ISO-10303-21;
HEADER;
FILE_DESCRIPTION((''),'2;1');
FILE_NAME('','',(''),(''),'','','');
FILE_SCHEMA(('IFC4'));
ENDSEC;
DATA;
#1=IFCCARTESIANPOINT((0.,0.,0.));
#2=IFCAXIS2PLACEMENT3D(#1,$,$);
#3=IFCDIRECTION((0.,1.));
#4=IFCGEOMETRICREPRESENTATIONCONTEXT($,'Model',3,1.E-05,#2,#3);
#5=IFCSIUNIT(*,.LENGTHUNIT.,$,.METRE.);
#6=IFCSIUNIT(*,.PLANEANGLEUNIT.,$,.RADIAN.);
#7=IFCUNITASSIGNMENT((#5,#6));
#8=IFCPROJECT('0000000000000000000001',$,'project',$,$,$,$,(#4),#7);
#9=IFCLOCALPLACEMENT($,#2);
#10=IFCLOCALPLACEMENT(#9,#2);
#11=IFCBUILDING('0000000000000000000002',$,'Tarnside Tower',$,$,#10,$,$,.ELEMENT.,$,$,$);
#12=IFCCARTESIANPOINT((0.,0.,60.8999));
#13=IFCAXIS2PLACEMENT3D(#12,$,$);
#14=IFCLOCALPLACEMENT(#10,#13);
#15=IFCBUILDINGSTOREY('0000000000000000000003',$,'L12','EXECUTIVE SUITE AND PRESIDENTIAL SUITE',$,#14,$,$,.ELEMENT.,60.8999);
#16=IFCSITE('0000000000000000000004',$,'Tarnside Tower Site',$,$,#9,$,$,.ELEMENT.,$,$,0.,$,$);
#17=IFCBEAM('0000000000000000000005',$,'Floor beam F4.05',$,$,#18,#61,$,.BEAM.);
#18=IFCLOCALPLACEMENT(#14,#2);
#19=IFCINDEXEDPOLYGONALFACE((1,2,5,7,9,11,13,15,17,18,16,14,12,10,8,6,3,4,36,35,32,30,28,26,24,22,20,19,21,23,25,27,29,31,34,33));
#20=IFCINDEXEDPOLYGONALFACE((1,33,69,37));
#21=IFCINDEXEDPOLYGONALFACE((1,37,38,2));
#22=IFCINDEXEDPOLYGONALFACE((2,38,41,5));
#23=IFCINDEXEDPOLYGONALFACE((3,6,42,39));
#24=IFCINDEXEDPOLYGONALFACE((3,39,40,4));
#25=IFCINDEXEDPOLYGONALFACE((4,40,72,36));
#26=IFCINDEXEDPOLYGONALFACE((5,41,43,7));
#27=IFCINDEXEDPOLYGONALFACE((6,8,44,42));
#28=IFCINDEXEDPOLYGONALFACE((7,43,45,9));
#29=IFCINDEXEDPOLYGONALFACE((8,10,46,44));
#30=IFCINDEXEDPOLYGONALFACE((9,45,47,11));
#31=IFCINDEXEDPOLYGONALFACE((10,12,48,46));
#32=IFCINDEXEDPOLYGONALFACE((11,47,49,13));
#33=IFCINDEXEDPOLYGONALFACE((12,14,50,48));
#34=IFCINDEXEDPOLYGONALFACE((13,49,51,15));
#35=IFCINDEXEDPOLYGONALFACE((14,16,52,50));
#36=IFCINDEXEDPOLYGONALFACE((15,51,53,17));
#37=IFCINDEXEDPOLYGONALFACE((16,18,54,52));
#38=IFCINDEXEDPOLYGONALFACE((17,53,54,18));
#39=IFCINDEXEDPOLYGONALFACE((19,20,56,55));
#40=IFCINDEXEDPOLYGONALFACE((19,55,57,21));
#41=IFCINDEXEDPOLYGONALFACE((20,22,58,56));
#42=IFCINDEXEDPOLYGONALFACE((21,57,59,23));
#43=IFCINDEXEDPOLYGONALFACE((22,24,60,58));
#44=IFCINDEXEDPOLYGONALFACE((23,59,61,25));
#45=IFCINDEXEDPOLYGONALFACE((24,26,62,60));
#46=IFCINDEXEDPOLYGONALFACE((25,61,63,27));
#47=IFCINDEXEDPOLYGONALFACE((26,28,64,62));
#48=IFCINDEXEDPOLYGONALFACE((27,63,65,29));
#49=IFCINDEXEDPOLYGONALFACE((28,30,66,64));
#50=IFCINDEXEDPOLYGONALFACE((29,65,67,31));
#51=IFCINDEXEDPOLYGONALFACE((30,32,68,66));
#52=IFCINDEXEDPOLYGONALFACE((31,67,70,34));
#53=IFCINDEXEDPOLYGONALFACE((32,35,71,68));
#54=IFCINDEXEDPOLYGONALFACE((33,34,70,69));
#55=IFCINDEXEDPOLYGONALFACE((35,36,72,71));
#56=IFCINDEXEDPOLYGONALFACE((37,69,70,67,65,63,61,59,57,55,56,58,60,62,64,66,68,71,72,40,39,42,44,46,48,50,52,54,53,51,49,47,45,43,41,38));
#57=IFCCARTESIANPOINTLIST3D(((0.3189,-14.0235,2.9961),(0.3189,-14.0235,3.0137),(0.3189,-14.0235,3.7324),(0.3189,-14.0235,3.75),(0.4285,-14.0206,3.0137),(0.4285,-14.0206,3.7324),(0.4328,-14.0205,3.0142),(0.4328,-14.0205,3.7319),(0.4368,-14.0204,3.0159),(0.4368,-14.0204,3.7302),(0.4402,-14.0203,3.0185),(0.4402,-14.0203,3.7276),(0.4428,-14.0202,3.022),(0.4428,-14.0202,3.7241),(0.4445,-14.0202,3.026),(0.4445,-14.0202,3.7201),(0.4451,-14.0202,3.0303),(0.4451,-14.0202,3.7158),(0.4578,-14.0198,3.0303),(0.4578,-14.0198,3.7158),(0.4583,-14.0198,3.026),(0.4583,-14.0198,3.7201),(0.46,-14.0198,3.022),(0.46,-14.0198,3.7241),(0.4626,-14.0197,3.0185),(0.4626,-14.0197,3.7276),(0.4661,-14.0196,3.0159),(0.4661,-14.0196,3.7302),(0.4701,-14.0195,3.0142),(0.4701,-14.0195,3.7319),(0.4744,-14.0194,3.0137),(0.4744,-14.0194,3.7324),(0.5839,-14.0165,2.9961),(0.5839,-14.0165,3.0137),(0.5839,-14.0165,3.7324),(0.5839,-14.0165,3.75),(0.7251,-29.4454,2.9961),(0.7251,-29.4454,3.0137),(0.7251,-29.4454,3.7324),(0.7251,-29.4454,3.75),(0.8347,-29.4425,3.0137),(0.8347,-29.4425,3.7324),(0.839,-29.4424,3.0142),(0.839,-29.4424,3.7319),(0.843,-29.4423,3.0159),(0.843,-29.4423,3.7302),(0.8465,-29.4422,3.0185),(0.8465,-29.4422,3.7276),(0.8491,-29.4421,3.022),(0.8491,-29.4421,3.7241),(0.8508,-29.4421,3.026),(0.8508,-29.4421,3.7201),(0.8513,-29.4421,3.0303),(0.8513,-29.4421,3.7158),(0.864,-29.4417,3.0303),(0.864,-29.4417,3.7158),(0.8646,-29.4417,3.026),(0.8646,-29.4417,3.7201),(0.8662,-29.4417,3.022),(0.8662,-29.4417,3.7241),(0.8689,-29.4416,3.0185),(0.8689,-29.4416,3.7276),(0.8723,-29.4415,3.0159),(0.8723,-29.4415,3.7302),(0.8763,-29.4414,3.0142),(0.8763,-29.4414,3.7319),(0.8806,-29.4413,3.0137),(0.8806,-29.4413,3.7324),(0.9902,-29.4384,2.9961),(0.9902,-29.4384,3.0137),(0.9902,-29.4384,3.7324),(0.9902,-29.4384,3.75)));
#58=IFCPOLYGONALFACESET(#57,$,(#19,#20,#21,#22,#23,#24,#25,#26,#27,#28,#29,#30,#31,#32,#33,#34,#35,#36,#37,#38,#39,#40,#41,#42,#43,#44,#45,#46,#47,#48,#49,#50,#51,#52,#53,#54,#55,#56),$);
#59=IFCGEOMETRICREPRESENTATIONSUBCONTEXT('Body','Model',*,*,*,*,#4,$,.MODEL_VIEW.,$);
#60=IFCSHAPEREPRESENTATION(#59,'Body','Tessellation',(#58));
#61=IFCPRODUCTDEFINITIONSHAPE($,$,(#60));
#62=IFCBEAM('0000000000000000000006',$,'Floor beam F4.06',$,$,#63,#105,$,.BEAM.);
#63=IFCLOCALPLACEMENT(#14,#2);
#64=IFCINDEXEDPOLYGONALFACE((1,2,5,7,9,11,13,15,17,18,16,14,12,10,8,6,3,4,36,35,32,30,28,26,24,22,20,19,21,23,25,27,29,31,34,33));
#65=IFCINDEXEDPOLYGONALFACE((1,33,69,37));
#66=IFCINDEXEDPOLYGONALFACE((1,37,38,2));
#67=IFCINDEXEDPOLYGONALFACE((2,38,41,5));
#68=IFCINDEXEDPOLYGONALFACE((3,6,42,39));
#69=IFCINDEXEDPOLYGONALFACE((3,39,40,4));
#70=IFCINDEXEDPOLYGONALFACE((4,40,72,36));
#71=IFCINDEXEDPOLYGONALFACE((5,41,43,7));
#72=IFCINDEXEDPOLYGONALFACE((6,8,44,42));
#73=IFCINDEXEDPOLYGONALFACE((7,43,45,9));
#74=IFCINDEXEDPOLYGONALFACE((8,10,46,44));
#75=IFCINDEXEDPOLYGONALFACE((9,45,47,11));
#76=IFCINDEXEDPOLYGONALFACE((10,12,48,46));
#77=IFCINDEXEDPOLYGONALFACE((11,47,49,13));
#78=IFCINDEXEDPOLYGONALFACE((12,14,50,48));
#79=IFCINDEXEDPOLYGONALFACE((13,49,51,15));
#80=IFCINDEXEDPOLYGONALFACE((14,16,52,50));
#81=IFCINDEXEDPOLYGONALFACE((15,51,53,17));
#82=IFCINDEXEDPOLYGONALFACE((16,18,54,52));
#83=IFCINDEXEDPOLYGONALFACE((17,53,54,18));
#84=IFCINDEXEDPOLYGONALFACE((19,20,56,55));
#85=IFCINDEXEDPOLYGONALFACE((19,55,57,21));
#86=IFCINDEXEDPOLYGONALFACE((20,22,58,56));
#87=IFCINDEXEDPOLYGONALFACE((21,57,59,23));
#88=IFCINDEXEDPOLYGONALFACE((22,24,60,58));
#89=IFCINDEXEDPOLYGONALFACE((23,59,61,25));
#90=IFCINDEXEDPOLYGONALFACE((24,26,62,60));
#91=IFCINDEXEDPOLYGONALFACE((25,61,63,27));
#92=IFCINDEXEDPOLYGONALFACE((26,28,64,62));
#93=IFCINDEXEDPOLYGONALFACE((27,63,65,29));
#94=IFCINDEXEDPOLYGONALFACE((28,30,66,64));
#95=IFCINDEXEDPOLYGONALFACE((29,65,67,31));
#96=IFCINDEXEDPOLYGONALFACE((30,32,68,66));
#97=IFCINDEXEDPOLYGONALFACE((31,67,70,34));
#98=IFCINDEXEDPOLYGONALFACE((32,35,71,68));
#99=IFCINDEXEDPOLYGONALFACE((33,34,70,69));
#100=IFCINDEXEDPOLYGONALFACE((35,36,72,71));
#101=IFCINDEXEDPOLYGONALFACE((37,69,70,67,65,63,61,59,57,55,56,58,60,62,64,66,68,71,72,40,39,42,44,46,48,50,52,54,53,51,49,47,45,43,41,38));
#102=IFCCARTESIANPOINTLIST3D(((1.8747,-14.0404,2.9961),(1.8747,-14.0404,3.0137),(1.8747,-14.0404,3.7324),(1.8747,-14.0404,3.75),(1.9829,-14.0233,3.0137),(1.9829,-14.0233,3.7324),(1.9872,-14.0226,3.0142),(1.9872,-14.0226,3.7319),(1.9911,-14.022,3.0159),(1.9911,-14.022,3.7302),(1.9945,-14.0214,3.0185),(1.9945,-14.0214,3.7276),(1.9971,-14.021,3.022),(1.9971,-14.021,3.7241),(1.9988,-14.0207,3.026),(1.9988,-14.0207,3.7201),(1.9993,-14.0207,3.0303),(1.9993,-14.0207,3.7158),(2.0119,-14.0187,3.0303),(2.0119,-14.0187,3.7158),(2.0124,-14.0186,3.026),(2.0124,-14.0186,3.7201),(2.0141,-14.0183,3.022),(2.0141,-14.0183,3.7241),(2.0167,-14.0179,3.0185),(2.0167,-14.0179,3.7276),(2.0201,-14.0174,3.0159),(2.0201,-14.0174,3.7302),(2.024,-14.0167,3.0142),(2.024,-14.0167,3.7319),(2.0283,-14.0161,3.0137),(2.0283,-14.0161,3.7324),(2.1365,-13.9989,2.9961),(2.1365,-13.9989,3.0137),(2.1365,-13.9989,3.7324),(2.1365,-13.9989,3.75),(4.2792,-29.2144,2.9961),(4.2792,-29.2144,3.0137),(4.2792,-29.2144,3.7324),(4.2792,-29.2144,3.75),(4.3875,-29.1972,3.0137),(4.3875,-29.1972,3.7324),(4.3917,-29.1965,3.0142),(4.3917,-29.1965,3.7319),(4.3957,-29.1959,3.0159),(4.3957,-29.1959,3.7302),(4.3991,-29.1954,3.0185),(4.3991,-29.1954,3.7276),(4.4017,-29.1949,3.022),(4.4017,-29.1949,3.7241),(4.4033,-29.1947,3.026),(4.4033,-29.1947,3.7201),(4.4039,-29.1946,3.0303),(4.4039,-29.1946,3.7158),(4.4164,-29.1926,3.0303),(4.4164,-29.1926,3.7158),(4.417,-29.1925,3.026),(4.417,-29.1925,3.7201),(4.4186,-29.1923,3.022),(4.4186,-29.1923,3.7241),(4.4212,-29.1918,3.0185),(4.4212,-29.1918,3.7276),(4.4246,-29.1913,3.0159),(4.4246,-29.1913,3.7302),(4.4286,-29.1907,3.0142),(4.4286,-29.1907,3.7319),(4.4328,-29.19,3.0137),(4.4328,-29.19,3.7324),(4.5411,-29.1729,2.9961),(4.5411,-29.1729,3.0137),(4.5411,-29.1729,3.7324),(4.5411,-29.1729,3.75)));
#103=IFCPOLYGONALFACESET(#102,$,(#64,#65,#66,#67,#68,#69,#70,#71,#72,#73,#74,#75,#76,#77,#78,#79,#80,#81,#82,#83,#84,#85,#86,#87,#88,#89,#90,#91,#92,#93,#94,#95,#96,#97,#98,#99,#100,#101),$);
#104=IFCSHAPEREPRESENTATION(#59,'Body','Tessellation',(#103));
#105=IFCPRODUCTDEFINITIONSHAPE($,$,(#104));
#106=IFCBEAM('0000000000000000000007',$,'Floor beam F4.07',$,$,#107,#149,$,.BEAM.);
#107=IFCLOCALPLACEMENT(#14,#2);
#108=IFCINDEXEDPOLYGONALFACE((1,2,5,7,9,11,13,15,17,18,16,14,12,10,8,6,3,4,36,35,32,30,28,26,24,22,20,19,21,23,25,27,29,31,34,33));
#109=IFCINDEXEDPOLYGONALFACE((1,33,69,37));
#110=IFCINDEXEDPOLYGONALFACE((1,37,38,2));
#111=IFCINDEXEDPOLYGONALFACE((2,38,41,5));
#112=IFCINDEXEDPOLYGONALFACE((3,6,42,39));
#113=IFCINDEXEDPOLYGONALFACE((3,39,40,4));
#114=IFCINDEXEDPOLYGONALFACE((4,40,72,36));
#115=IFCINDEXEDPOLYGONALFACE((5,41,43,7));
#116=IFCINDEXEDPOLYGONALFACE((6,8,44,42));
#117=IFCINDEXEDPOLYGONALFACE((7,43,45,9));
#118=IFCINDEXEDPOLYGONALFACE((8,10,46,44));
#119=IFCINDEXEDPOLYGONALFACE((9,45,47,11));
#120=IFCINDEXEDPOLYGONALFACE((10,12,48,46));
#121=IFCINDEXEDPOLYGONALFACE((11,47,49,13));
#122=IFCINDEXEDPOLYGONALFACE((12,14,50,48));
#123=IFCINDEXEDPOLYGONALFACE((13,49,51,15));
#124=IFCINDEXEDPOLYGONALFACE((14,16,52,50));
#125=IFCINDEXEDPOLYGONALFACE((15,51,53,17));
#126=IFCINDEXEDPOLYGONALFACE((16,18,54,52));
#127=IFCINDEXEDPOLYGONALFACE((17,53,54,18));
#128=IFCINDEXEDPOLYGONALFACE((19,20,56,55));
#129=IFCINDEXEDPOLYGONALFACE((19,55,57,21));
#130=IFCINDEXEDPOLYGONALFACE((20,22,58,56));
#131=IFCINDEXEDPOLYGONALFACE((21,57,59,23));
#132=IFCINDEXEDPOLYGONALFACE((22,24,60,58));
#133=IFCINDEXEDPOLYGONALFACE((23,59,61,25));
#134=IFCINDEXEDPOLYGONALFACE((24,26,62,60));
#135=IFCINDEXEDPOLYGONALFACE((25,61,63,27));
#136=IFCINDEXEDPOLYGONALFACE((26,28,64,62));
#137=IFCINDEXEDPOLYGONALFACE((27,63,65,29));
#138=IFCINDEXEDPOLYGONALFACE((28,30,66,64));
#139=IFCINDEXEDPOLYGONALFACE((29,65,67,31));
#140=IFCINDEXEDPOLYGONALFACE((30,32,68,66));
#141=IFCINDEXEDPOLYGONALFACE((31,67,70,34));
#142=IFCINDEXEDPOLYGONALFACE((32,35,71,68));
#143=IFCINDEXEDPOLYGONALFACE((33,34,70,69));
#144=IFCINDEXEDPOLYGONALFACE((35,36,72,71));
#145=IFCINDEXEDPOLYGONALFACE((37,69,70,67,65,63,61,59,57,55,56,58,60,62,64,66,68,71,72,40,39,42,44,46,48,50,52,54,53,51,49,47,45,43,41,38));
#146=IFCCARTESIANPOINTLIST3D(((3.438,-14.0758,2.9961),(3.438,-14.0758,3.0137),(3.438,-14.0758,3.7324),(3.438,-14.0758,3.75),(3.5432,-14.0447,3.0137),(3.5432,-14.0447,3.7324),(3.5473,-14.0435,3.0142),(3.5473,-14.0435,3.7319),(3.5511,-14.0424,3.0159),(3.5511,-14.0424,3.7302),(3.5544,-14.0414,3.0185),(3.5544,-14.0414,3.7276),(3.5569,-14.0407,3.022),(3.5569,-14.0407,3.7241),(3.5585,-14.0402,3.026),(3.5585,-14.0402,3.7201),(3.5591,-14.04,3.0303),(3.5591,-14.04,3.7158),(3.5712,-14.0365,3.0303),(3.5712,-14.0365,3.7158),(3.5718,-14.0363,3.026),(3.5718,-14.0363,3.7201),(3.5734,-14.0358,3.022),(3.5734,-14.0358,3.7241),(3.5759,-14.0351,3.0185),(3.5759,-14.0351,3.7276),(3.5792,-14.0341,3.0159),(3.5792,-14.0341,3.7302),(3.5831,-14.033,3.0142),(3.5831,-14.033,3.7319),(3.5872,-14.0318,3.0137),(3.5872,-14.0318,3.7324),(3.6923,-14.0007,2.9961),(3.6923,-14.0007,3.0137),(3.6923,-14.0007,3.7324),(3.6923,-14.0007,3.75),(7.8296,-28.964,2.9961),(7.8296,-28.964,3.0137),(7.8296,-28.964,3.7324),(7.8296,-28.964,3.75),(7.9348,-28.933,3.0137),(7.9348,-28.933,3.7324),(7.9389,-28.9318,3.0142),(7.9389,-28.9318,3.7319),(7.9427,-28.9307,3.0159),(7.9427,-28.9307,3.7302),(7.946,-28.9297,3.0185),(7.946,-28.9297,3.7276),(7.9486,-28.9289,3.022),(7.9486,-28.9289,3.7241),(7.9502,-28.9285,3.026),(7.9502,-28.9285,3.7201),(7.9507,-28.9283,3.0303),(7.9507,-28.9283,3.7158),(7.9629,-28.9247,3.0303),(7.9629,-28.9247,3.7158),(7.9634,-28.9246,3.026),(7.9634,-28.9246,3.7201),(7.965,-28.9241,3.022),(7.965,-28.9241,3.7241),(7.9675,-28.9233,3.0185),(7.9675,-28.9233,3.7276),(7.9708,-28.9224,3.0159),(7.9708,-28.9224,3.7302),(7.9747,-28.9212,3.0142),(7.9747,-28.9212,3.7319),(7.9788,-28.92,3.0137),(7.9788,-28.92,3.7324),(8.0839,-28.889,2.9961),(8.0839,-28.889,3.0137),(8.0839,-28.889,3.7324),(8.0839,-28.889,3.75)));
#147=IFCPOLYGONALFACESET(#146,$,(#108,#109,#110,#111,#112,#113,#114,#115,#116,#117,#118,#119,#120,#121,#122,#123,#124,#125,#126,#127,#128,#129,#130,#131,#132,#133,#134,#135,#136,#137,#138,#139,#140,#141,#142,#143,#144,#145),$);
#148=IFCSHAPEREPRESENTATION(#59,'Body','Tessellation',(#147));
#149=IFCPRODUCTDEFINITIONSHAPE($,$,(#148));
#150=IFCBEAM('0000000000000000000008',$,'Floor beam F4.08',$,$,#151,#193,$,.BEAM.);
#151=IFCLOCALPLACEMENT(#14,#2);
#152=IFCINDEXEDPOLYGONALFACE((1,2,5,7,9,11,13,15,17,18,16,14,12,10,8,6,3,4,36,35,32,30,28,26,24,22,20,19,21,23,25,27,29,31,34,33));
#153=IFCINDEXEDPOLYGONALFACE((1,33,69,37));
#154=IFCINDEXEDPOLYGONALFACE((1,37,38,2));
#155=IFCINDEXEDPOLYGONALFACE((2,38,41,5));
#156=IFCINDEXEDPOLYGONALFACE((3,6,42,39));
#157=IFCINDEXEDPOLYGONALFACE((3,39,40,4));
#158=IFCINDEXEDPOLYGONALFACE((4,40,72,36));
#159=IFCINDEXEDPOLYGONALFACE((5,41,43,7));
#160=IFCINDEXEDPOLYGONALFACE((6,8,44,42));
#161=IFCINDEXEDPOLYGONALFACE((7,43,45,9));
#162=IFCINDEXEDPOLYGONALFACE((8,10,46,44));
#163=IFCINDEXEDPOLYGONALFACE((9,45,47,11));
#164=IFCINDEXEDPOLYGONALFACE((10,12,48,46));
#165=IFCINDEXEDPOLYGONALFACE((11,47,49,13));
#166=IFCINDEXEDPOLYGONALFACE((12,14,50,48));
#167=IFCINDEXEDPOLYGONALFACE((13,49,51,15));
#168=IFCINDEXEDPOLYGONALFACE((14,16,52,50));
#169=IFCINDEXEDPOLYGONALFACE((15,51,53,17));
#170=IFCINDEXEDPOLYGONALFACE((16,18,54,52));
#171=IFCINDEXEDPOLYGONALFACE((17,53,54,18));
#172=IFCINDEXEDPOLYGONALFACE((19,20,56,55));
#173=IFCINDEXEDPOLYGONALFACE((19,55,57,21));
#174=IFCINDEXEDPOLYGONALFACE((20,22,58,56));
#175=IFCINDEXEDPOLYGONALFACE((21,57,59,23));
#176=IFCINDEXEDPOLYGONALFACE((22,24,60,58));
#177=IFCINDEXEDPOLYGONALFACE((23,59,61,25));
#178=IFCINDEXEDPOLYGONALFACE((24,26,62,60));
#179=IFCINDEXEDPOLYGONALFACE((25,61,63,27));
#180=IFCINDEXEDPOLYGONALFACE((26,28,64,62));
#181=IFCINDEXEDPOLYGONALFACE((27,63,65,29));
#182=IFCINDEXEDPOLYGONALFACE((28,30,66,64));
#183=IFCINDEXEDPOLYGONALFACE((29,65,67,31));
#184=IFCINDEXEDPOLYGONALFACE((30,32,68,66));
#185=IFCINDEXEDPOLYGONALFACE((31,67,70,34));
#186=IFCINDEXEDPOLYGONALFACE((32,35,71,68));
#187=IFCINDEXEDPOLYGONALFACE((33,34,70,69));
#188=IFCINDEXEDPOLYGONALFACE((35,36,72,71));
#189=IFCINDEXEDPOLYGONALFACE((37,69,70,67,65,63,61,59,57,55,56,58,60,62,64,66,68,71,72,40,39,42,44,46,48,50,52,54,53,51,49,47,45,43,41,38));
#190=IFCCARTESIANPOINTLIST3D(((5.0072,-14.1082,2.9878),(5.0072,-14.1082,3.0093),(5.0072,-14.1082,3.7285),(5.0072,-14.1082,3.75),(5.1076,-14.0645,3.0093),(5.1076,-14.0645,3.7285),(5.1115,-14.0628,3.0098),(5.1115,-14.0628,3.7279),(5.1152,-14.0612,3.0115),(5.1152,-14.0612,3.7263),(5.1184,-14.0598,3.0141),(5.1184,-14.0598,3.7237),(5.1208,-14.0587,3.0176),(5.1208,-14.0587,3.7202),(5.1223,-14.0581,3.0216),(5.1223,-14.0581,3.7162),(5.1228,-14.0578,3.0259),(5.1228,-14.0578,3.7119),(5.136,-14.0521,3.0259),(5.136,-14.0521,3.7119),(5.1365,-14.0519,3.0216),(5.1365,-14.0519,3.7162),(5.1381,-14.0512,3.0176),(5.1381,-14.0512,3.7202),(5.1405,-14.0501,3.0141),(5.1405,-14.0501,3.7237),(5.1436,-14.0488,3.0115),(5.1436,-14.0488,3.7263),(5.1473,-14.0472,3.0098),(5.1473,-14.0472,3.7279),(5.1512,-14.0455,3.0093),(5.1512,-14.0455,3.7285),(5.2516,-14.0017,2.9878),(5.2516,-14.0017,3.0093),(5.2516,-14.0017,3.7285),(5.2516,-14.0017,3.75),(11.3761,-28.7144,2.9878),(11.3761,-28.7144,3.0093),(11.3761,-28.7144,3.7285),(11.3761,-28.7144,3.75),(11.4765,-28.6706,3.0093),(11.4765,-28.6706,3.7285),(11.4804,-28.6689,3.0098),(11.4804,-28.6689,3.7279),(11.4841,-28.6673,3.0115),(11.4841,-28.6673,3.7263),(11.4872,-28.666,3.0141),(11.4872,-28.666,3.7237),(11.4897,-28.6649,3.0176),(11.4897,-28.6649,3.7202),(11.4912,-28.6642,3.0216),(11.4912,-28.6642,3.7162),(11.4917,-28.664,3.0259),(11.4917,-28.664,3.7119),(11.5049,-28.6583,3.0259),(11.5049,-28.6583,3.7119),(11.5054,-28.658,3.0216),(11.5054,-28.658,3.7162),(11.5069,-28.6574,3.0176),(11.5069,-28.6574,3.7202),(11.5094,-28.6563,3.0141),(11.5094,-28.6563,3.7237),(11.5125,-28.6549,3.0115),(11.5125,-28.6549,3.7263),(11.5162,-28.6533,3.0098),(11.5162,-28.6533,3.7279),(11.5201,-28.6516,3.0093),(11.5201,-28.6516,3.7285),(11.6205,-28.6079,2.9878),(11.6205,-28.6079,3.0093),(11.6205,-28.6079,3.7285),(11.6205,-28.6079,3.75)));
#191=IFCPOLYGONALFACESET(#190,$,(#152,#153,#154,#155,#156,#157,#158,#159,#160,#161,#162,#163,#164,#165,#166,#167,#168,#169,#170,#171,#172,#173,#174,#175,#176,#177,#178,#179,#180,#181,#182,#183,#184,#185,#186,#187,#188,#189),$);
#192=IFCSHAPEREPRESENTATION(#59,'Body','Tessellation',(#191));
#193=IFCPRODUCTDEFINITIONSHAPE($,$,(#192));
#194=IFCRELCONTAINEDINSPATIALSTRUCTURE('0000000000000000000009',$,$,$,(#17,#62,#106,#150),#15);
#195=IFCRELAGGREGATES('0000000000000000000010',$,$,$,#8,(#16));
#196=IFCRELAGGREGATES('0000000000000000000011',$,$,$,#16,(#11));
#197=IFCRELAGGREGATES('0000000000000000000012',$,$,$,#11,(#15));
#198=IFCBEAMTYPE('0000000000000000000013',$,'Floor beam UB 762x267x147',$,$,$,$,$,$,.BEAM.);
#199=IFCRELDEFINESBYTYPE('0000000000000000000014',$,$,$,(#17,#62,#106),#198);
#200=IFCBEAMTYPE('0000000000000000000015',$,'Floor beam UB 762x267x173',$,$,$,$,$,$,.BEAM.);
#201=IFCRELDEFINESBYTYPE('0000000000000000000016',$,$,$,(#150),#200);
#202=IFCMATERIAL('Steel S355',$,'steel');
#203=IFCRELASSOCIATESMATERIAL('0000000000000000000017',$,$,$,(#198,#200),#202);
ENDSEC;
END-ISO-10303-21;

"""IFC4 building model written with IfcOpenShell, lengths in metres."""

from ifc_helpers import new_model, si_unit, direction, frame, origin, origin_2d, place, context, subcontext, project, spatial, i_section, extrude, material, material_profile, profile_set, type_object, element, save


model = new_model("IFC4")

# Units and contexts
model_context = context("Model", 3, precision=1e-05, world=origin(), true_north=direction((0.0, 1.0)))
body_context = subcontext(model_context, "Body", "Model", "MODEL_VIEW")
ifc_project = project(units=[si_unit("LENGTHUNIT", "METRE"), si_unit("PLANEANGLEUNIT", "RADIAN")], contexts=[model_context])

# Site, building, storey
site_placement = place(None, origin())
site = spatial("IfcSite", under=ifc_project, at=site_placement, Name="Tarnside Tower Site", CompositionType="ELEMENT", RefElevation=0.0)
building_placement = place(site_placement, origin())
building = spatial("IfcBuilding", under=site, at=building_placement, Name="Tarnside Tower", CompositionType="ELEMENT")
storey_placement = place(building_placement, frame((0.0, 0.0, 60.8999)))
storey = spatial("IfcBuildingStorey", under=building, at=storey_placement, Name="L12", Description="EXECUTIVE SUITE AND PRESIDENTIAL SUITE", CompositionType="ELEMENT", Elevation=60.8999)

# Beams
ifc_material_1 = material(Name="Steel S355", Category="steel")
ifc_material_profile_1 = material_profile(ifc_material_1, i_section(OverallWidth=0.2651, OverallDepth=0.7539, WebThickness=0.0127, FlangeThickness=0.0176, FilletRadius=0.0166, at=origin_2d()), Name="UB 762x267x147")
ifc_profile_set_1 = profile_set([ifc_material_profile_1], Name="Steel S355")
beam_type_1 = type_object("IfcBeamType", Name="Floor beam UB 762x267x147", PredefinedType="BEAM", material=ifc_profile_set_1)
beam_1_placement = place(storey_placement, frame((0.8577, -29.4419, 3.373), z_axis=(-0.026333, 0.999653, 0.0), x_axis=(-0.999653, -0.026333, 0.0)))
element("IfcBeam", 1, at=beam_1_placement, inside=storey, type_object=beam_type_1, Name="Floor beam F4.05", PredefinedType="BEAM", context=body_context, shape_type="SweptSolid", body=[
    extrude(i_section(OverallWidth=0.2651, OverallDepth=0.7539, WebThickness=0.0127, FlangeThickness=0.0176, FilletRadius=0.0166, at=origin_2d()), origin(), (0.0, 0.0, 1.0), 15.4272),
])
beam_2_placement = place(storey_placement, frame((4.4102, -29.1936, 3.373), z_axis=(-0.156513, 0.987676, 0.0), x_axis=(-0.987676, -0.156513, 0.0)))
element("IfcBeam", 2, at=beam_2_placement, inside=storey, type_object=beam_type_1, Name="Floor beam F4.06", PredefinedType="BEAM", context=body_context, shape_type="SweptSolid", body=[
    extrude(i_section(OverallWidth=0.2651, OverallDepth=0.7539, WebThickness=0.0127, FlangeThickness=0.0176, FilletRadius=0.0166, at=origin_2d()), origin(), (0.0, 0.0, 1.0), 15.3633),
])
beam_3_placement = place(storey_placement, frame((7.9568, -28.9265, 3.373), z_axis=(-0.282921, 0.959143, 0.0), x_axis=(-0.959143, -0.282921, 0.0)))
element("IfcBeam", 3, at=beam_3_placement, inside=storey, type_object=beam_type_1, Name="Floor beam F4.07", PredefinedType="BEAM", context=body_context, shape_type="SweptSolid", body=[
    extrude(i_section(OverallWidth=0.2651, OverallDepth=0.7539, WebThickness=0.0127, FlangeThickness=0.0176, FilletRadius=0.0166, at=origin_2d()), origin(), (0.0, 0.0, 1.0), 15.5225),
])
ifc_material_profile_2 = material_profile(ifc_material_1, i_section(OverallWidth=0.2666, OverallDepth=0.7622, WebThickness=0.0144, FlangeThickness=0.0215, FilletRadius=0.0166, at=origin_2d()), Name="UB 762x267x173")
ifc_profile_set_2 = profile_set([ifc_material_profile_2], Name="Steel S355")
beam_type_2 = type_object("IfcBeamType", Name="Floor beam UB 762x267x173", PredefinedType="BEAM", material=ifc_profile_set_2)
beam_4_placement = place(storey_placement, frame((11.4983, -28.6611, 3.3689), z_axis=(-0.399696, 0.916648, 0.0), x_axis=(-0.916648, -0.399696, 0.0)))
element("IfcBeam", 4, at=beam_4_placement, inside=storey, type_object=beam_type_2, Name="Floor beam F4.08", PredefinedType="BEAM", context=body_context, shape_type="SweptSolid", body=[
    extrude(i_section(OverallWidth=0.2666, OverallDepth=0.7622, WebThickness=0.0144, FlangeThickness=0.0215, FilletRadius=0.0166, at=origin_2d()), origin(), (0.0, 0.0, 1.0), 15.9343),
])

save(model, "model.ifc")
